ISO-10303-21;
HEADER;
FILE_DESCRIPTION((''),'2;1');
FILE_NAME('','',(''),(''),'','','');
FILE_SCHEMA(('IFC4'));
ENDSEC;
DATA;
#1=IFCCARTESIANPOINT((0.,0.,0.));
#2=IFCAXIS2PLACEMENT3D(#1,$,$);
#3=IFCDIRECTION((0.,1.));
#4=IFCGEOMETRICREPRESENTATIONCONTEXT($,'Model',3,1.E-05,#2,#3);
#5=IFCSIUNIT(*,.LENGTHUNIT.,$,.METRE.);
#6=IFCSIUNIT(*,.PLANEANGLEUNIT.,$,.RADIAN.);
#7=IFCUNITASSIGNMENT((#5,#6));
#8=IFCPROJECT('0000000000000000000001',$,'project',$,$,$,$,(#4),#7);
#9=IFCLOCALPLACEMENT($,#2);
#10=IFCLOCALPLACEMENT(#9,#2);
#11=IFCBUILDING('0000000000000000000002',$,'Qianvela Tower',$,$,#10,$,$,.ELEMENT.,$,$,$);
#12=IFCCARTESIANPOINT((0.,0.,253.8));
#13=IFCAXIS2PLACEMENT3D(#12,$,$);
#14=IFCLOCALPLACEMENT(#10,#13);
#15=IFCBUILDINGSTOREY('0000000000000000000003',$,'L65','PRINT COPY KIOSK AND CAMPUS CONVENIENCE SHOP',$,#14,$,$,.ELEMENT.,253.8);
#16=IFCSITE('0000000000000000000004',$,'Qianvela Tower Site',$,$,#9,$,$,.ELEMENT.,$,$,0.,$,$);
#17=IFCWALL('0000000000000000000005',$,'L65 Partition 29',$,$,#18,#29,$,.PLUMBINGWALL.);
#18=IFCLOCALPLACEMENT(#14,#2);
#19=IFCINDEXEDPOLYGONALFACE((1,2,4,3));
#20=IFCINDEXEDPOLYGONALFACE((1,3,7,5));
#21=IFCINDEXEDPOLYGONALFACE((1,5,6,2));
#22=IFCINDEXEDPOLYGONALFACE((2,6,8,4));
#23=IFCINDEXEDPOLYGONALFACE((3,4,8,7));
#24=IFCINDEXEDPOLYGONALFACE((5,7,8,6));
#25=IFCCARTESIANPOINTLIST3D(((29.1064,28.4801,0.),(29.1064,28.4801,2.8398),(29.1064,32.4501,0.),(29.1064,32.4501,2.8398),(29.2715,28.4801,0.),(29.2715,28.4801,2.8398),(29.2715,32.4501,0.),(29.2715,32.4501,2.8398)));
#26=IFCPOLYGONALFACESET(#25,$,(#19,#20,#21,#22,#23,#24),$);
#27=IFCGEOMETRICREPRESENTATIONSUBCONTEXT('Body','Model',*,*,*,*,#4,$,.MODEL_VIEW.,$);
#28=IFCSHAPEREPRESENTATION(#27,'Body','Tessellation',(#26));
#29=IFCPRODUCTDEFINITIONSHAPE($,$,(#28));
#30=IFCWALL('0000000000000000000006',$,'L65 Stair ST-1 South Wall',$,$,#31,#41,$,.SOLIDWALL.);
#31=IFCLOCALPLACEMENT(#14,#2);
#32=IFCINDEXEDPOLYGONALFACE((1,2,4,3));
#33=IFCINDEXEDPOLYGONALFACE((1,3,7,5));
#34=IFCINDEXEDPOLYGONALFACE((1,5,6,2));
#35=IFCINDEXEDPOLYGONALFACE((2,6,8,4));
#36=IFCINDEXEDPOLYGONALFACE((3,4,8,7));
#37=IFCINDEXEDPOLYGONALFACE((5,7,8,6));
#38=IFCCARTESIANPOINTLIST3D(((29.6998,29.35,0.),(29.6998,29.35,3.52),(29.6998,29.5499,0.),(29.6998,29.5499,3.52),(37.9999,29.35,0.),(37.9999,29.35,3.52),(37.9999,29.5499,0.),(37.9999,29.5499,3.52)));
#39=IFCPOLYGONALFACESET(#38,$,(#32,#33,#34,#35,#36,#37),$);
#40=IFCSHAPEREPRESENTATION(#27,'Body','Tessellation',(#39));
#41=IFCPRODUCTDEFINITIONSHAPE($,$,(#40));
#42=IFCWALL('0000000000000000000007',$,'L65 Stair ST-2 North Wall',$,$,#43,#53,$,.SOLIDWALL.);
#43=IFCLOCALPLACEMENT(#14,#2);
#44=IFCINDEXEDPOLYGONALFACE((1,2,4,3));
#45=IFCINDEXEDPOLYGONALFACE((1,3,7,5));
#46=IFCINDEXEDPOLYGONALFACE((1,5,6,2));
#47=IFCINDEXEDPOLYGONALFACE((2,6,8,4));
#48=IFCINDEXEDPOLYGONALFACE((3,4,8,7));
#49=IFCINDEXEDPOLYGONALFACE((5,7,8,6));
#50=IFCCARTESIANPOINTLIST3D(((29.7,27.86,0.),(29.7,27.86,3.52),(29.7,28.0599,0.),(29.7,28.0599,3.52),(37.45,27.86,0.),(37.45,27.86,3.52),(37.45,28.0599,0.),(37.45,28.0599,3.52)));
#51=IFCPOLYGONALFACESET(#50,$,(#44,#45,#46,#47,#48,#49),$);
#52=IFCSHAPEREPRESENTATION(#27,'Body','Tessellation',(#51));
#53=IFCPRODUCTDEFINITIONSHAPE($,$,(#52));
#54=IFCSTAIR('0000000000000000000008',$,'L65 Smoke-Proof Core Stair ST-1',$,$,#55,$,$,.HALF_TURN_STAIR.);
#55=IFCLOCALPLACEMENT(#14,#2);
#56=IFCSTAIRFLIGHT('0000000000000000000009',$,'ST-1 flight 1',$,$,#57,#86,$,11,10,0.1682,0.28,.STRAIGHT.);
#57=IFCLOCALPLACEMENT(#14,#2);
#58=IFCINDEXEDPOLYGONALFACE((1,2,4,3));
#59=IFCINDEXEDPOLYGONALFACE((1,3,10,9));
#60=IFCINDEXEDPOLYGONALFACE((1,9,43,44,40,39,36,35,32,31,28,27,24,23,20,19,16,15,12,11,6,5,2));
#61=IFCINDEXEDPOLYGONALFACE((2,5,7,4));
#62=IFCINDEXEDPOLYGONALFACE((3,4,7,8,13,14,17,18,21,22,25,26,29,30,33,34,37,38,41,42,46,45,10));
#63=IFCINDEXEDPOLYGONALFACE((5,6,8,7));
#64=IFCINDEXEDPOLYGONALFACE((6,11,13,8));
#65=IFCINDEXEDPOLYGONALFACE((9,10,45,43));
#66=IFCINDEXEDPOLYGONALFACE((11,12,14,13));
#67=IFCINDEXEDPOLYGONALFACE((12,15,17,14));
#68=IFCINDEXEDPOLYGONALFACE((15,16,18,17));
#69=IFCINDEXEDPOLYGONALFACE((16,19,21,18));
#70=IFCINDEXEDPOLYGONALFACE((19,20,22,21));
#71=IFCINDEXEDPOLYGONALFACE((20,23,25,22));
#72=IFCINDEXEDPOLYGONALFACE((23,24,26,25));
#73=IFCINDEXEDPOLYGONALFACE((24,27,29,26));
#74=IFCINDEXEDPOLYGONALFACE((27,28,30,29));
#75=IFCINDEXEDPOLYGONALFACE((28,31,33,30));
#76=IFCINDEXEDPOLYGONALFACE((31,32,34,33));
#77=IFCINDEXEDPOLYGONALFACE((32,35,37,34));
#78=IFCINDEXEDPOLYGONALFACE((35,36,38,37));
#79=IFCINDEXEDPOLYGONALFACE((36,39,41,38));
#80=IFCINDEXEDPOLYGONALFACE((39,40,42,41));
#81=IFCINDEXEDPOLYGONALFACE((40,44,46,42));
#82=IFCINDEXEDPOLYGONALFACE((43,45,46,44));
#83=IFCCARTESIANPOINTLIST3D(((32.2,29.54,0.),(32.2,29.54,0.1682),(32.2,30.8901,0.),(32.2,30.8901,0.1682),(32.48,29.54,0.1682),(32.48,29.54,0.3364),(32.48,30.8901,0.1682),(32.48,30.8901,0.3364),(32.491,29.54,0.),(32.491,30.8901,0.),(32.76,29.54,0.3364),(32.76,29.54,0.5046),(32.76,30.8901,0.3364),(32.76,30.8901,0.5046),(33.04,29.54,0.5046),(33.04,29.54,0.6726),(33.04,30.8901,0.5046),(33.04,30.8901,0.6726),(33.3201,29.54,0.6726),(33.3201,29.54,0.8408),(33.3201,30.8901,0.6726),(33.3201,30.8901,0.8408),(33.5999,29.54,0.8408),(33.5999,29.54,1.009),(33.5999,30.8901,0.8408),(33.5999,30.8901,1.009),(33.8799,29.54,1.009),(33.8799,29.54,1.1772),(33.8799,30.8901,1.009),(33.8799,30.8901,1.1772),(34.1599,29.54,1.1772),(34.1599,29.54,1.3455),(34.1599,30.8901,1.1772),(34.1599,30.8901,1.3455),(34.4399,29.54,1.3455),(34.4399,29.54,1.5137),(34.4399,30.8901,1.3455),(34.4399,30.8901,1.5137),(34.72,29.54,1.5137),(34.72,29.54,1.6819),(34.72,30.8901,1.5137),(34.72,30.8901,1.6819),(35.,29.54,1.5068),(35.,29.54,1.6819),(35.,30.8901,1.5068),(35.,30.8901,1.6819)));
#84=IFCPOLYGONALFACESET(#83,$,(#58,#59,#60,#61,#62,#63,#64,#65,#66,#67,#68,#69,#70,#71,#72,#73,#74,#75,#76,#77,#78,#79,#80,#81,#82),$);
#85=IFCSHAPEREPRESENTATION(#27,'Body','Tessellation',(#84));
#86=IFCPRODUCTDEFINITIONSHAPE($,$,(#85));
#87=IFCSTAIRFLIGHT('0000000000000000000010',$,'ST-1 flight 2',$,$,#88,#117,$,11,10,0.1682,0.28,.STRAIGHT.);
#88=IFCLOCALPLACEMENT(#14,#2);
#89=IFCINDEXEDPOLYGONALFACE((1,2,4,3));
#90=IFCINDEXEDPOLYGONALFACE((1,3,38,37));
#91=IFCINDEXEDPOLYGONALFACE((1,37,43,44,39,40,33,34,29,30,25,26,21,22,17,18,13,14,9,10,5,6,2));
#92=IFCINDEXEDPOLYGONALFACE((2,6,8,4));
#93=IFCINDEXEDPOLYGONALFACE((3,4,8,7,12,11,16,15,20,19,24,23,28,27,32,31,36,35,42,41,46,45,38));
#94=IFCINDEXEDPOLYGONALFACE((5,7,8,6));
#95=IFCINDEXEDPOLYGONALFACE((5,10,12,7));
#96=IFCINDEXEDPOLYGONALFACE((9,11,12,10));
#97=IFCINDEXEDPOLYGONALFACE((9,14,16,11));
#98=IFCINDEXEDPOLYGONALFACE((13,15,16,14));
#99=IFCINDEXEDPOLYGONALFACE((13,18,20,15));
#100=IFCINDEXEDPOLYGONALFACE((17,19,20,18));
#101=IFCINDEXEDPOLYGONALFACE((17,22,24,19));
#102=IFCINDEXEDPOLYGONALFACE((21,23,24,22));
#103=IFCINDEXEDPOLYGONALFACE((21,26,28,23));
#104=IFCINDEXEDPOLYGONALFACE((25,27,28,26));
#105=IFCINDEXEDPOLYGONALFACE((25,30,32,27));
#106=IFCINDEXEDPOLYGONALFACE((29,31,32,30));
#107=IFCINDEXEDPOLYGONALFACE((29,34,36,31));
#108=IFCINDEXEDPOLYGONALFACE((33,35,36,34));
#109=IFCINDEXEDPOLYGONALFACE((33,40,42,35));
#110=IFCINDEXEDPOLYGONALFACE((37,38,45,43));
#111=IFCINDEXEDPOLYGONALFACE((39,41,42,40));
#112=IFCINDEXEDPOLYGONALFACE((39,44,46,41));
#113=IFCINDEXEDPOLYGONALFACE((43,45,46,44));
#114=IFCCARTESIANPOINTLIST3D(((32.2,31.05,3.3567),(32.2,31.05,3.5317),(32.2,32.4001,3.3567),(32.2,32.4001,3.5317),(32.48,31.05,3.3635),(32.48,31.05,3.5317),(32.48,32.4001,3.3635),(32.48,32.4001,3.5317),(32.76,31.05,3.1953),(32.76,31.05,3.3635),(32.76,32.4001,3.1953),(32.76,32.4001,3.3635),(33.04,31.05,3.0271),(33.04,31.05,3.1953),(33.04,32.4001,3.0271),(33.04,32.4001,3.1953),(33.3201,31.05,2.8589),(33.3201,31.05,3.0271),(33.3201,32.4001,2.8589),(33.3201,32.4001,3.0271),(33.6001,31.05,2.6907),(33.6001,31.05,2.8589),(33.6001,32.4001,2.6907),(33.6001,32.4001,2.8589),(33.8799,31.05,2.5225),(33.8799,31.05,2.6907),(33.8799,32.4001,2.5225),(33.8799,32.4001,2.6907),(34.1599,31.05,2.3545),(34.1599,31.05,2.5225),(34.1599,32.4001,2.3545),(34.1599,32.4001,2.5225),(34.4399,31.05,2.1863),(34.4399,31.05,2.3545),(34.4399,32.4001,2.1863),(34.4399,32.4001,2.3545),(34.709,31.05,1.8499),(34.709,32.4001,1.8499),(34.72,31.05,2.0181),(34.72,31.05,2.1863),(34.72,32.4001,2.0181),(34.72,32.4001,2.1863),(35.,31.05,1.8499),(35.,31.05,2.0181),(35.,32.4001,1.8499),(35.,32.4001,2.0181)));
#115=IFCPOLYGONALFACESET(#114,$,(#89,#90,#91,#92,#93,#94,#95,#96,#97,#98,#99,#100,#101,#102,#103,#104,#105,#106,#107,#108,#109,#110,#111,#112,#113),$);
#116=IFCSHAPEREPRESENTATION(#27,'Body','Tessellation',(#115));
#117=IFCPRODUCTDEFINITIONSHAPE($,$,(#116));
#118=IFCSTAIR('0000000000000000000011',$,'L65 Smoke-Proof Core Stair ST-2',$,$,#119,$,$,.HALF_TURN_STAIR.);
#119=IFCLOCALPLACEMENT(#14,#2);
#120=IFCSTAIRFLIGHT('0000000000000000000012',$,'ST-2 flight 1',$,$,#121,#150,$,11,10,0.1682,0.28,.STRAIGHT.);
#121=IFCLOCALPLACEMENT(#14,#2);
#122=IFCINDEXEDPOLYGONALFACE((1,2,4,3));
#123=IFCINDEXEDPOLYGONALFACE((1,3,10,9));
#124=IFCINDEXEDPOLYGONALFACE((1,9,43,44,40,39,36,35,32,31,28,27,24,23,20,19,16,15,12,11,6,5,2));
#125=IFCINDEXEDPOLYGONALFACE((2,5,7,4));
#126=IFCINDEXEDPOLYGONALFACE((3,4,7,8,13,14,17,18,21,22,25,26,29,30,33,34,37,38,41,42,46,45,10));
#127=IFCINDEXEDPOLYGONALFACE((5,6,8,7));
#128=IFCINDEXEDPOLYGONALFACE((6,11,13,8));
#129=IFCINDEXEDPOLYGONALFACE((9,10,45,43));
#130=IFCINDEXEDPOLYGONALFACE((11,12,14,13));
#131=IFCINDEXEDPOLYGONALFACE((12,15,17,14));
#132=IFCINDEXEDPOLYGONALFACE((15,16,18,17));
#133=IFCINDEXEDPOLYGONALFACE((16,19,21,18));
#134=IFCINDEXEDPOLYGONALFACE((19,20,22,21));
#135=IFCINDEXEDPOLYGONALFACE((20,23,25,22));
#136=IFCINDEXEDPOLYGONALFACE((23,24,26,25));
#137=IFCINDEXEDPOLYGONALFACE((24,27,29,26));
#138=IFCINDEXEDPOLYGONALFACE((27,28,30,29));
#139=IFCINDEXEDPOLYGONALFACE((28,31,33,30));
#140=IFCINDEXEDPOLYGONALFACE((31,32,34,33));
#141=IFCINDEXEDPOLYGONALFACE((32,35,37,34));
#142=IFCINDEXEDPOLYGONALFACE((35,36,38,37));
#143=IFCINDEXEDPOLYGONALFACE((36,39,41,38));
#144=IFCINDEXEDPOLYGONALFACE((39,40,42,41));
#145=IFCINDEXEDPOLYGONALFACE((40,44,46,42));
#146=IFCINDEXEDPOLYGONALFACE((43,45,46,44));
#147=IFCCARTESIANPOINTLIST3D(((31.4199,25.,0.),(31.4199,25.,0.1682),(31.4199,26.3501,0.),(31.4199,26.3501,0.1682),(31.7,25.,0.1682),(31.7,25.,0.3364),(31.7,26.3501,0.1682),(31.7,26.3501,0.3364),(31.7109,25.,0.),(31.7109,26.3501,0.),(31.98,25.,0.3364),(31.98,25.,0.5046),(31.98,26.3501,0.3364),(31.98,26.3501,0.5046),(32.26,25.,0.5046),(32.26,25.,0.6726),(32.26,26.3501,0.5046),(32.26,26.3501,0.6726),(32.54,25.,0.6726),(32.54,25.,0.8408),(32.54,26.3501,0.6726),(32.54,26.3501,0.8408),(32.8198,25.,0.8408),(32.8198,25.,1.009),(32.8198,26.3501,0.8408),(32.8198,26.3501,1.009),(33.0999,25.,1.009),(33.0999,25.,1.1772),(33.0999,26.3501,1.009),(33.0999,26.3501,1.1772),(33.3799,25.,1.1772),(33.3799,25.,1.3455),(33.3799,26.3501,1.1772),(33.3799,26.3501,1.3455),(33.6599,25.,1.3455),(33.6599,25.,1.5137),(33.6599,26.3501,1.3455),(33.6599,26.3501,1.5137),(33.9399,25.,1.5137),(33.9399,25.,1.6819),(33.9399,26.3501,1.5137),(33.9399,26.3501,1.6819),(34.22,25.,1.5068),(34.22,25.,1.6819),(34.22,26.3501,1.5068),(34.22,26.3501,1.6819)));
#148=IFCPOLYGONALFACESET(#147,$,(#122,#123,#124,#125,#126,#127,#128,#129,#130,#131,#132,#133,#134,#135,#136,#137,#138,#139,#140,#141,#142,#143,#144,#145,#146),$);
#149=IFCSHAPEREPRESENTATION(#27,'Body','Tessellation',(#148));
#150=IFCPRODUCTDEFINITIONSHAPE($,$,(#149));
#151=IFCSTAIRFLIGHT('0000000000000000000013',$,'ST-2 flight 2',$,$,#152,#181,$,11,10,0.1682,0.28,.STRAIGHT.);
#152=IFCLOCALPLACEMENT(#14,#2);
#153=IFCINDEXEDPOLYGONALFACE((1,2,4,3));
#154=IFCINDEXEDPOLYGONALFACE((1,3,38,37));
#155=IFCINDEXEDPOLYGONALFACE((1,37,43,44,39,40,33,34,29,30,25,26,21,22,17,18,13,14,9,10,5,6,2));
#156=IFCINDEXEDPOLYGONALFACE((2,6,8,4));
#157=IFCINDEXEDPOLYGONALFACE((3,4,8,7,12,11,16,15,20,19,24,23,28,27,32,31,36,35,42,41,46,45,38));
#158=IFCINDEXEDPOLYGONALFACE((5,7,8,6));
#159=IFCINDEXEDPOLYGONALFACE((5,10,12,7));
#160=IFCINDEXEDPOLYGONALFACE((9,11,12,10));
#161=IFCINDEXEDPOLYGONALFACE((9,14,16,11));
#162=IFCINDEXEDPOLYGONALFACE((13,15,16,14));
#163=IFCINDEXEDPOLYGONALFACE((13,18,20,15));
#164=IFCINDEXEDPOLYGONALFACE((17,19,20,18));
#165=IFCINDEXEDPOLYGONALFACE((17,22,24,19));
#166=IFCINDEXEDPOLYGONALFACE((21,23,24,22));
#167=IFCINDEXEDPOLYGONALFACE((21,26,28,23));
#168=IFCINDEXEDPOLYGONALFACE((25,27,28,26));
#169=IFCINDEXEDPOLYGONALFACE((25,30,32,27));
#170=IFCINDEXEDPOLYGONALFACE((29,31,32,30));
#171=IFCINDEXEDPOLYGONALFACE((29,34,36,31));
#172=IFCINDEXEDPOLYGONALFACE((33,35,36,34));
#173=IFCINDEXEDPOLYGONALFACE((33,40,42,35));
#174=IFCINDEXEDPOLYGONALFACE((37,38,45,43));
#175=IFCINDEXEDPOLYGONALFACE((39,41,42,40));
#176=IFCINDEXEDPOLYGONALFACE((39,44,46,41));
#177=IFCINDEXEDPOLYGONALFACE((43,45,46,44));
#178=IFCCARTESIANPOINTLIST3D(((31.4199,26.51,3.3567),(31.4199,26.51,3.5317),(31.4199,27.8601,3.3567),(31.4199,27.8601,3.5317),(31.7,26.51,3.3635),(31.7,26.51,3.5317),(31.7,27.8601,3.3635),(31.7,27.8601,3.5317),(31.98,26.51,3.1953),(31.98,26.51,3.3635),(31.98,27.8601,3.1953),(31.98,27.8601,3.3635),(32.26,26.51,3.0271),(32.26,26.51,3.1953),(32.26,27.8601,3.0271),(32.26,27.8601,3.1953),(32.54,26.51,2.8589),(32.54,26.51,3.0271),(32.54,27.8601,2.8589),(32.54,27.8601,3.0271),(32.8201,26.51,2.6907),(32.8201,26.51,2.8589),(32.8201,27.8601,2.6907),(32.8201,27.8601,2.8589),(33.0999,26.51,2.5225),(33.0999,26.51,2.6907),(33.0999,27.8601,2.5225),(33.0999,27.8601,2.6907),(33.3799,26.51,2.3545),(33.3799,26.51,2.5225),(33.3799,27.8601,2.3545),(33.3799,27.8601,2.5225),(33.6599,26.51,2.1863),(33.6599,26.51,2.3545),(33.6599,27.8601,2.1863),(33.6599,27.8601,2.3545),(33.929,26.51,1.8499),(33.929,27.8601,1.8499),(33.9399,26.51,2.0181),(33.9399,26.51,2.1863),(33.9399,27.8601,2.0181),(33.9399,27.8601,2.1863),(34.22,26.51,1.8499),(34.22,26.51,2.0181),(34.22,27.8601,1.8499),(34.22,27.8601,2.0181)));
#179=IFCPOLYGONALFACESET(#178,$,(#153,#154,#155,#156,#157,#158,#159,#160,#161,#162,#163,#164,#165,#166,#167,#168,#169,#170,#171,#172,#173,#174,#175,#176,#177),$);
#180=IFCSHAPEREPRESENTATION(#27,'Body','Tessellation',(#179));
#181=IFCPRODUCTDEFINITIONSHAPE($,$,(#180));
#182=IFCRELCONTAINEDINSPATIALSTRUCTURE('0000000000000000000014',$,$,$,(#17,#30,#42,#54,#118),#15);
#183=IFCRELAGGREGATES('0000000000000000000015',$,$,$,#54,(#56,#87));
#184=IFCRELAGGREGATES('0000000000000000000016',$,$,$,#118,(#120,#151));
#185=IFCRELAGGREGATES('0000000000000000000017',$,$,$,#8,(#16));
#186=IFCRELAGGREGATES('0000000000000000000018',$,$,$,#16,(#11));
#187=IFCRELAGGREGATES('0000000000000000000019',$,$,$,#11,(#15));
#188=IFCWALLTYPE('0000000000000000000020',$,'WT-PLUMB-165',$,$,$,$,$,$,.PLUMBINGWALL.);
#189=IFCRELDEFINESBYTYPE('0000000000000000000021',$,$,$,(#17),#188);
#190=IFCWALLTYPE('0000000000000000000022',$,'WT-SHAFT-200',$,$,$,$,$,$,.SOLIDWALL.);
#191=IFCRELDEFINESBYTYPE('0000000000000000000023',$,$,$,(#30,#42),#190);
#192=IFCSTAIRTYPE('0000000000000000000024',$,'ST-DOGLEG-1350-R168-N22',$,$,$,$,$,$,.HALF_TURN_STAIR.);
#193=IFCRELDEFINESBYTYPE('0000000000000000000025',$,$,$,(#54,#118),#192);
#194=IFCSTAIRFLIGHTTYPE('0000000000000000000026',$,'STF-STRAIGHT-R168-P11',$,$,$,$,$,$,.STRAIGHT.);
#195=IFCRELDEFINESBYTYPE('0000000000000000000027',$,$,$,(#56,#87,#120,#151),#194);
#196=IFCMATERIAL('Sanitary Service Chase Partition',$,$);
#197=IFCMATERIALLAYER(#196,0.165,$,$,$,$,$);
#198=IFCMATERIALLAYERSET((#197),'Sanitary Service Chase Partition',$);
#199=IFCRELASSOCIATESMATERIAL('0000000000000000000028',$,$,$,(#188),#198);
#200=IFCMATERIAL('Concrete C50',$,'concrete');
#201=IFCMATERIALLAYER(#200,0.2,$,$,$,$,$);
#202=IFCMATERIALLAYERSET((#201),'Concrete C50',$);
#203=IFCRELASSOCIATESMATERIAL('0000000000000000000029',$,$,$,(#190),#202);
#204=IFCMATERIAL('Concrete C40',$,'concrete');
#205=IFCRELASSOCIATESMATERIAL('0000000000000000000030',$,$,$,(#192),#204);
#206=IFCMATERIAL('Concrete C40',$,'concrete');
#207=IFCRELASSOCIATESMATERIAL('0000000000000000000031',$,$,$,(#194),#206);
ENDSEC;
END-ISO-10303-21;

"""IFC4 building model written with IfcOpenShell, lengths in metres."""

from ifc_helpers import new_model, si_unit, direction, frame, frame_2d, origin, place, context, subcontext, project, spatial, polyline, rectangle, outline, extrude, material, layer, layer_set, type_object, element, aggregate, save


model = new_model("IFC4")

# Units and contexts
model_context = context("Model", 3, precision=1e-05, world=origin(), true_north=direction((0.0, 1.0)))
body_context = subcontext(model_context, "Body", "Model", "MODEL_VIEW")
ifc_project = project(units=[si_unit("LENGTHUNIT", "METRE"), si_unit("PLANEANGLEUNIT", "RADIAN")], contexts=[model_context])

# Site, building, storey
site_placement = place(None, origin())
site = spatial("IfcSite", under=ifc_project, at=site_placement, Name="Qianvela Tower Site", CompositionType="ELEMENT", RefElevation=0.0)
building_placement = place(site_placement, origin())
building = spatial("IfcBuilding", under=site, at=building_placement, Name="Qianvela Tower", CompositionType="ELEMENT")
storey_placement = place(building_placement, frame((0.0, 0.0, 253.8)))
storey = spatial("IfcBuildingStorey", under=building, at=storey_placement, Name="L65", Description="PRINT COPY KIOSK AND CAMPUS CONVENIENCE SHOP", CompositionType="ELEMENT", Elevation=253.8)

# Walls
ifc_material_1 = material(Name="Sanitary Service Chase Partition")
ifc_layer_1 = layer(ifc_material_1, 0.165)
ifc_layer_set_1 = layer_set([ifc_layer_1], Name="Sanitary Service Chase Partition")
wall_type_1 = type_object("IfcWallType", Name="WT-PLUMB-165", PredefinedType="PLUMBINGWALL", material=ifc_layer_set_1)
wall_1_placement = place(storey_placement, frame((29.189, 32.45, 0.0), z_axis=(0.0, 0.0, 1.0), x_axis=(0.0, -1.0, 0.0)))
element("IfcWall", 1, at=wall_1_placement, inside=storey, type_object=wall_type_1, Name="L65 Partition 29", PredefinedType="PLUMBINGWALL", context=body_context, shape_type="SweptSolid", body=[
    extrude(rectangle(XDim=3.97, YDim=0.165, at=frame_2d((1.9849, 0.0))), origin(), (0.0, 0.0, 1.0), 2.8398),
])
ifc_material_2 = material(Name="Concrete C50", Category="concrete")
ifc_layer_2 = layer(ifc_material_2, 0.2)
ifc_layer_set_2 = layer_set([ifc_layer_2], Name="Concrete C50")
wall_type_2 = type_object("IfcWallType", Name="WT-SHAFT-200", PredefinedType="SOLIDWALL", material=ifc_layer_set_2)
wall_2_placement = place(storey_placement, frame((29.7, 29.45, 0.0), z_axis=(0.0, 0.0, 1.0), x_axis=(1.0, 0.0, 0.0)))
element("IfcWall", 2, at=wall_2_placement, inside=storey, type_object=wall_type_2, Name="L65 Stair ST-1 South Wall", PredefinedType="SOLIDWALL", context=body_context, shape_type="SweptSolid", body=[
    extrude(rectangle(XDim=8.3, YDim=0.2, at=frame_2d((4.1499, 0.0))), origin(), (0.0, 0.0, 1.0), 3.52),
])
wall_3_placement = place(storey_placement, frame((29.7, 27.96, 0.0), z_axis=(0.0, 0.0, 1.0), x_axis=(1.0, 0.0, 0.0)))
element("IfcWall", 3, at=wall_3_placement, inside=storey, type_object=wall_type_2, Name="L65 Stair ST-2 North Wall", PredefinedType="SOLIDWALL", context=body_context, shape_type="SweptSolid", body=[
    extrude(rectangle(XDim=7.75, YDim=0.2, at=frame_2d((3.875, 0.0))), origin(), (0.0, 0.0, 1.0), 3.52),
])

# Stairs, stair flights
ifc_material_3 = material(Name="Concrete C40", Category="concrete")
stair_type = type_object("IfcStairType", Name="ST-DOGLEG-1350-R168-N22", PredefinedType="HALF_TURN_STAIR", material=ifc_material_3)
stair_1_placement = place(storey_placement, origin())
stair_1 = element("IfcStair", 4, at=stair_1_placement, inside=storey, type_object=stair_type, Name="L65 Smoke-Proof Core Stair ST-1", PredefinedType="HALF_TURN_STAIR")
ifc_material_4 = material(Name="Concrete C40", Category="concrete")
stair_flight_type = type_object("IfcStairFlightType", Name="STF-STRAIGHT-R168-P11", PredefinedType="STRAIGHT", material=ifc_material_4)
stair_flight_1_placement = place(storey_placement, frame((32.2, 30.2151, 0.0), z_axis=(0.0, 0.0, 1.0), x_axis=(1.0, 0.0, 0.0)))
stair_flight_1 = element("IfcStairFlight", 5, at=stair_flight_1_placement, type_object=stair_flight_type, Name="ST-1 flight 1", NumberOfRisers=11, NumberOfTreads=10, PredefinedType="STRAIGHT", RiserHeight=0.1682, TreadLength=0.28, context=body_context, shape_type="SweptSolid", body=[
    extrude(outline(polyline([(0.0, 0.0), (0.0, 0.1682), (0.28, 0.1682), (0.28, 0.3364), (0.5601, 0.3364), (0.5601, 0.5046), (0.8401, 0.5046), (0.8401, 0.6726), (1.1201, 0.6726), (1.1201, 0.8408), (1.3999, 0.8408), (1.3999, 1.009), (1.6799, 1.009), (1.6799, 1.1772), (1.96, 1.1772), (1.96, 1.3455), (2.24, 1.3455), (2.24, 1.5137), (2.52, 1.5137), (2.52, 1.6819), (2.8, 1.6819), (2.8, 1.8501), (2.8, 1.5068), (0.291, 0.0), (0.0, 0.0)])), frame((0.0, 0.675, 0.0), z_axis=(0.0, -1.0, 0.0), x_axis=(1.0, 0.0, 0.0)), (0.0, 0.0, 1.0), 1.3501),
])
stair_flight_2_placement = place(storey_placement, frame((35.0, 31.7251, 1.8499), z_axis=(0.0, 0.0, 1.0), x_axis=(-1.0, 0.0, 0.0)))
stair_flight_2 = element("IfcStairFlight", 6, at=stair_flight_2_placement, type_object=stair_flight_type, Name="ST-1 flight 2", NumberOfRisers=11, NumberOfTreads=10, PredefinedType="STRAIGHT", RiserHeight=0.1682, TreadLength=0.28, context=body_context, shape_type="SweptSolid", body=[
    extrude(outline(polyline([(0.0, 0.0), (0.0, 0.1682), (0.28, 0.1682), (0.28, 0.3364), (0.5601, 0.3364), (0.5601, 0.5046), (0.8401, 0.5046), (0.8401, 0.6726), (1.1201, 0.6726), (1.1201, 0.8408), (1.3999, 0.8408), (1.3999, 1.009), (1.6799, 1.009), (1.6799, 1.1772), (1.96, 1.1772), (1.96, 1.3455), (2.24, 1.3455), (2.24, 1.5137), (2.52, 1.5137), (2.52, 1.6819), (2.8, 1.6819), (2.8, 1.8501), (2.8, 1.5068), (0.291, 0.0), (0.0, 0.0)])), frame((0.0, 0.675, 0.0), z_axis=(0.0, -1.0, 0.0), x_axis=(1.0, 0.0, 0.0)), (0.0, 0.0, 1.0), 1.3501),
])
aggregate(stair_1, [stair_flight_1, stair_flight_2])
stair_2_placement = place(storey_placement, origin())
stair_2 = element("IfcStair", 7, at=stair_2_placement, inside=storey, type_object=stair_type, Name="L65 Smoke-Proof Core Stair ST-2", PredefinedType="HALF_TURN_STAIR")
stair_flight_3_placement = place(storey_placement, frame((31.4199, 25.675, 0.0), z_axis=(0.0, 0.0, 1.0), x_axis=(1.0, 0.0, 0.0)))
stair_flight_3 = element("IfcStairFlight", 8, at=stair_flight_3_placement, type_object=stair_flight_type, Name="ST-2 flight 1", NumberOfRisers=11, NumberOfTreads=10, PredefinedType="STRAIGHT", RiserHeight=0.1682, TreadLength=0.28, context=body_context, shape_type="SweptSolid", body=[
    extrude(outline(polyline([(0.0, 0.0), (0.0, 0.1682), (0.28, 0.1682), (0.28, 0.3364), (0.5601, 0.3364), (0.5601, 0.5046), (0.8401, 0.5046), (0.8401, 0.6726), (1.1201, 0.6726), (1.1201, 0.8408), (1.3999, 0.8408), (1.3999, 1.009), (1.6799, 1.009), (1.6799, 1.1772), (1.96, 1.1772), (1.96, 1.3455), (2.24, 1.3455), (2.24, 1.5137), (2.52, 1.5137), (2.52, 1.6819), (2.8, 1.6819), (2.8, 1.8501), (2.8, 1.5068), (0.291, 0.0), (0.0, 0.0)])), frame((0.0, 0.675, 0.0), z_axis=(0.0, -1.0, 0.0), x_axis=(1.0, 0.0, 0.0)), (0.0, 0.0, 1.0), 1.3501),
])
stair_flight_4_placement = place(storey_placement, frame((34.22, 27.1851, 1.8499), z_axis=(0.0, 0.0, 1.0), x_axis=(-1.0, 0.0, 0.0)))
stair_flight_4 = element("IfcStairFlight", 9, at=stair_flight_4_placement, type_object=stair_flight_type, Name="ST-2 flight 2", NumberOfRisers=11, NumberOfTreads=10, PredefinedType="STRAIGHT", RiserHeight=0.1682, TreadLength=0.28, context=body_context, shape_type="SweptSolid", body=[
    extrude(outline(polyline([(0.0, 0.0), (0.0, 0.1682), (0.28, 0.1682), (0.28, 0.3364), (0.5601, 0.3364), (0.5601, 0.5046), (0.8401, 0.5046), (0.8401, 0.6726), (1.1201, 0.6726), (1.1201, 0.8408), (1.3999, 0.8408), (1.3999, 1.009), (1.6799, 1.009), (1.6799, 1.1772), (1.96, 1.1772), (1.96, 1.3455), (2.24, 1.3455), (2.24, 1.5137), (2.52, 1.5137), (2.52, 1.6819), (2.8, 1.6819), (2.8, 1.8501), (2.8, 1.5068), (0.291, 0.0), (0.0, 0.0)])), frame((0.0, 0.675, 0.0), z_axis=(0.0, -1.0, 0.0), x_axis=(1.0, 0.0, 0.0)), (0.0, 0.0, 1.0), 1.3501),
])
aggregate(stair_2, [stair_flight_3, stair_flight_4])

save(model, "model.ifc")
